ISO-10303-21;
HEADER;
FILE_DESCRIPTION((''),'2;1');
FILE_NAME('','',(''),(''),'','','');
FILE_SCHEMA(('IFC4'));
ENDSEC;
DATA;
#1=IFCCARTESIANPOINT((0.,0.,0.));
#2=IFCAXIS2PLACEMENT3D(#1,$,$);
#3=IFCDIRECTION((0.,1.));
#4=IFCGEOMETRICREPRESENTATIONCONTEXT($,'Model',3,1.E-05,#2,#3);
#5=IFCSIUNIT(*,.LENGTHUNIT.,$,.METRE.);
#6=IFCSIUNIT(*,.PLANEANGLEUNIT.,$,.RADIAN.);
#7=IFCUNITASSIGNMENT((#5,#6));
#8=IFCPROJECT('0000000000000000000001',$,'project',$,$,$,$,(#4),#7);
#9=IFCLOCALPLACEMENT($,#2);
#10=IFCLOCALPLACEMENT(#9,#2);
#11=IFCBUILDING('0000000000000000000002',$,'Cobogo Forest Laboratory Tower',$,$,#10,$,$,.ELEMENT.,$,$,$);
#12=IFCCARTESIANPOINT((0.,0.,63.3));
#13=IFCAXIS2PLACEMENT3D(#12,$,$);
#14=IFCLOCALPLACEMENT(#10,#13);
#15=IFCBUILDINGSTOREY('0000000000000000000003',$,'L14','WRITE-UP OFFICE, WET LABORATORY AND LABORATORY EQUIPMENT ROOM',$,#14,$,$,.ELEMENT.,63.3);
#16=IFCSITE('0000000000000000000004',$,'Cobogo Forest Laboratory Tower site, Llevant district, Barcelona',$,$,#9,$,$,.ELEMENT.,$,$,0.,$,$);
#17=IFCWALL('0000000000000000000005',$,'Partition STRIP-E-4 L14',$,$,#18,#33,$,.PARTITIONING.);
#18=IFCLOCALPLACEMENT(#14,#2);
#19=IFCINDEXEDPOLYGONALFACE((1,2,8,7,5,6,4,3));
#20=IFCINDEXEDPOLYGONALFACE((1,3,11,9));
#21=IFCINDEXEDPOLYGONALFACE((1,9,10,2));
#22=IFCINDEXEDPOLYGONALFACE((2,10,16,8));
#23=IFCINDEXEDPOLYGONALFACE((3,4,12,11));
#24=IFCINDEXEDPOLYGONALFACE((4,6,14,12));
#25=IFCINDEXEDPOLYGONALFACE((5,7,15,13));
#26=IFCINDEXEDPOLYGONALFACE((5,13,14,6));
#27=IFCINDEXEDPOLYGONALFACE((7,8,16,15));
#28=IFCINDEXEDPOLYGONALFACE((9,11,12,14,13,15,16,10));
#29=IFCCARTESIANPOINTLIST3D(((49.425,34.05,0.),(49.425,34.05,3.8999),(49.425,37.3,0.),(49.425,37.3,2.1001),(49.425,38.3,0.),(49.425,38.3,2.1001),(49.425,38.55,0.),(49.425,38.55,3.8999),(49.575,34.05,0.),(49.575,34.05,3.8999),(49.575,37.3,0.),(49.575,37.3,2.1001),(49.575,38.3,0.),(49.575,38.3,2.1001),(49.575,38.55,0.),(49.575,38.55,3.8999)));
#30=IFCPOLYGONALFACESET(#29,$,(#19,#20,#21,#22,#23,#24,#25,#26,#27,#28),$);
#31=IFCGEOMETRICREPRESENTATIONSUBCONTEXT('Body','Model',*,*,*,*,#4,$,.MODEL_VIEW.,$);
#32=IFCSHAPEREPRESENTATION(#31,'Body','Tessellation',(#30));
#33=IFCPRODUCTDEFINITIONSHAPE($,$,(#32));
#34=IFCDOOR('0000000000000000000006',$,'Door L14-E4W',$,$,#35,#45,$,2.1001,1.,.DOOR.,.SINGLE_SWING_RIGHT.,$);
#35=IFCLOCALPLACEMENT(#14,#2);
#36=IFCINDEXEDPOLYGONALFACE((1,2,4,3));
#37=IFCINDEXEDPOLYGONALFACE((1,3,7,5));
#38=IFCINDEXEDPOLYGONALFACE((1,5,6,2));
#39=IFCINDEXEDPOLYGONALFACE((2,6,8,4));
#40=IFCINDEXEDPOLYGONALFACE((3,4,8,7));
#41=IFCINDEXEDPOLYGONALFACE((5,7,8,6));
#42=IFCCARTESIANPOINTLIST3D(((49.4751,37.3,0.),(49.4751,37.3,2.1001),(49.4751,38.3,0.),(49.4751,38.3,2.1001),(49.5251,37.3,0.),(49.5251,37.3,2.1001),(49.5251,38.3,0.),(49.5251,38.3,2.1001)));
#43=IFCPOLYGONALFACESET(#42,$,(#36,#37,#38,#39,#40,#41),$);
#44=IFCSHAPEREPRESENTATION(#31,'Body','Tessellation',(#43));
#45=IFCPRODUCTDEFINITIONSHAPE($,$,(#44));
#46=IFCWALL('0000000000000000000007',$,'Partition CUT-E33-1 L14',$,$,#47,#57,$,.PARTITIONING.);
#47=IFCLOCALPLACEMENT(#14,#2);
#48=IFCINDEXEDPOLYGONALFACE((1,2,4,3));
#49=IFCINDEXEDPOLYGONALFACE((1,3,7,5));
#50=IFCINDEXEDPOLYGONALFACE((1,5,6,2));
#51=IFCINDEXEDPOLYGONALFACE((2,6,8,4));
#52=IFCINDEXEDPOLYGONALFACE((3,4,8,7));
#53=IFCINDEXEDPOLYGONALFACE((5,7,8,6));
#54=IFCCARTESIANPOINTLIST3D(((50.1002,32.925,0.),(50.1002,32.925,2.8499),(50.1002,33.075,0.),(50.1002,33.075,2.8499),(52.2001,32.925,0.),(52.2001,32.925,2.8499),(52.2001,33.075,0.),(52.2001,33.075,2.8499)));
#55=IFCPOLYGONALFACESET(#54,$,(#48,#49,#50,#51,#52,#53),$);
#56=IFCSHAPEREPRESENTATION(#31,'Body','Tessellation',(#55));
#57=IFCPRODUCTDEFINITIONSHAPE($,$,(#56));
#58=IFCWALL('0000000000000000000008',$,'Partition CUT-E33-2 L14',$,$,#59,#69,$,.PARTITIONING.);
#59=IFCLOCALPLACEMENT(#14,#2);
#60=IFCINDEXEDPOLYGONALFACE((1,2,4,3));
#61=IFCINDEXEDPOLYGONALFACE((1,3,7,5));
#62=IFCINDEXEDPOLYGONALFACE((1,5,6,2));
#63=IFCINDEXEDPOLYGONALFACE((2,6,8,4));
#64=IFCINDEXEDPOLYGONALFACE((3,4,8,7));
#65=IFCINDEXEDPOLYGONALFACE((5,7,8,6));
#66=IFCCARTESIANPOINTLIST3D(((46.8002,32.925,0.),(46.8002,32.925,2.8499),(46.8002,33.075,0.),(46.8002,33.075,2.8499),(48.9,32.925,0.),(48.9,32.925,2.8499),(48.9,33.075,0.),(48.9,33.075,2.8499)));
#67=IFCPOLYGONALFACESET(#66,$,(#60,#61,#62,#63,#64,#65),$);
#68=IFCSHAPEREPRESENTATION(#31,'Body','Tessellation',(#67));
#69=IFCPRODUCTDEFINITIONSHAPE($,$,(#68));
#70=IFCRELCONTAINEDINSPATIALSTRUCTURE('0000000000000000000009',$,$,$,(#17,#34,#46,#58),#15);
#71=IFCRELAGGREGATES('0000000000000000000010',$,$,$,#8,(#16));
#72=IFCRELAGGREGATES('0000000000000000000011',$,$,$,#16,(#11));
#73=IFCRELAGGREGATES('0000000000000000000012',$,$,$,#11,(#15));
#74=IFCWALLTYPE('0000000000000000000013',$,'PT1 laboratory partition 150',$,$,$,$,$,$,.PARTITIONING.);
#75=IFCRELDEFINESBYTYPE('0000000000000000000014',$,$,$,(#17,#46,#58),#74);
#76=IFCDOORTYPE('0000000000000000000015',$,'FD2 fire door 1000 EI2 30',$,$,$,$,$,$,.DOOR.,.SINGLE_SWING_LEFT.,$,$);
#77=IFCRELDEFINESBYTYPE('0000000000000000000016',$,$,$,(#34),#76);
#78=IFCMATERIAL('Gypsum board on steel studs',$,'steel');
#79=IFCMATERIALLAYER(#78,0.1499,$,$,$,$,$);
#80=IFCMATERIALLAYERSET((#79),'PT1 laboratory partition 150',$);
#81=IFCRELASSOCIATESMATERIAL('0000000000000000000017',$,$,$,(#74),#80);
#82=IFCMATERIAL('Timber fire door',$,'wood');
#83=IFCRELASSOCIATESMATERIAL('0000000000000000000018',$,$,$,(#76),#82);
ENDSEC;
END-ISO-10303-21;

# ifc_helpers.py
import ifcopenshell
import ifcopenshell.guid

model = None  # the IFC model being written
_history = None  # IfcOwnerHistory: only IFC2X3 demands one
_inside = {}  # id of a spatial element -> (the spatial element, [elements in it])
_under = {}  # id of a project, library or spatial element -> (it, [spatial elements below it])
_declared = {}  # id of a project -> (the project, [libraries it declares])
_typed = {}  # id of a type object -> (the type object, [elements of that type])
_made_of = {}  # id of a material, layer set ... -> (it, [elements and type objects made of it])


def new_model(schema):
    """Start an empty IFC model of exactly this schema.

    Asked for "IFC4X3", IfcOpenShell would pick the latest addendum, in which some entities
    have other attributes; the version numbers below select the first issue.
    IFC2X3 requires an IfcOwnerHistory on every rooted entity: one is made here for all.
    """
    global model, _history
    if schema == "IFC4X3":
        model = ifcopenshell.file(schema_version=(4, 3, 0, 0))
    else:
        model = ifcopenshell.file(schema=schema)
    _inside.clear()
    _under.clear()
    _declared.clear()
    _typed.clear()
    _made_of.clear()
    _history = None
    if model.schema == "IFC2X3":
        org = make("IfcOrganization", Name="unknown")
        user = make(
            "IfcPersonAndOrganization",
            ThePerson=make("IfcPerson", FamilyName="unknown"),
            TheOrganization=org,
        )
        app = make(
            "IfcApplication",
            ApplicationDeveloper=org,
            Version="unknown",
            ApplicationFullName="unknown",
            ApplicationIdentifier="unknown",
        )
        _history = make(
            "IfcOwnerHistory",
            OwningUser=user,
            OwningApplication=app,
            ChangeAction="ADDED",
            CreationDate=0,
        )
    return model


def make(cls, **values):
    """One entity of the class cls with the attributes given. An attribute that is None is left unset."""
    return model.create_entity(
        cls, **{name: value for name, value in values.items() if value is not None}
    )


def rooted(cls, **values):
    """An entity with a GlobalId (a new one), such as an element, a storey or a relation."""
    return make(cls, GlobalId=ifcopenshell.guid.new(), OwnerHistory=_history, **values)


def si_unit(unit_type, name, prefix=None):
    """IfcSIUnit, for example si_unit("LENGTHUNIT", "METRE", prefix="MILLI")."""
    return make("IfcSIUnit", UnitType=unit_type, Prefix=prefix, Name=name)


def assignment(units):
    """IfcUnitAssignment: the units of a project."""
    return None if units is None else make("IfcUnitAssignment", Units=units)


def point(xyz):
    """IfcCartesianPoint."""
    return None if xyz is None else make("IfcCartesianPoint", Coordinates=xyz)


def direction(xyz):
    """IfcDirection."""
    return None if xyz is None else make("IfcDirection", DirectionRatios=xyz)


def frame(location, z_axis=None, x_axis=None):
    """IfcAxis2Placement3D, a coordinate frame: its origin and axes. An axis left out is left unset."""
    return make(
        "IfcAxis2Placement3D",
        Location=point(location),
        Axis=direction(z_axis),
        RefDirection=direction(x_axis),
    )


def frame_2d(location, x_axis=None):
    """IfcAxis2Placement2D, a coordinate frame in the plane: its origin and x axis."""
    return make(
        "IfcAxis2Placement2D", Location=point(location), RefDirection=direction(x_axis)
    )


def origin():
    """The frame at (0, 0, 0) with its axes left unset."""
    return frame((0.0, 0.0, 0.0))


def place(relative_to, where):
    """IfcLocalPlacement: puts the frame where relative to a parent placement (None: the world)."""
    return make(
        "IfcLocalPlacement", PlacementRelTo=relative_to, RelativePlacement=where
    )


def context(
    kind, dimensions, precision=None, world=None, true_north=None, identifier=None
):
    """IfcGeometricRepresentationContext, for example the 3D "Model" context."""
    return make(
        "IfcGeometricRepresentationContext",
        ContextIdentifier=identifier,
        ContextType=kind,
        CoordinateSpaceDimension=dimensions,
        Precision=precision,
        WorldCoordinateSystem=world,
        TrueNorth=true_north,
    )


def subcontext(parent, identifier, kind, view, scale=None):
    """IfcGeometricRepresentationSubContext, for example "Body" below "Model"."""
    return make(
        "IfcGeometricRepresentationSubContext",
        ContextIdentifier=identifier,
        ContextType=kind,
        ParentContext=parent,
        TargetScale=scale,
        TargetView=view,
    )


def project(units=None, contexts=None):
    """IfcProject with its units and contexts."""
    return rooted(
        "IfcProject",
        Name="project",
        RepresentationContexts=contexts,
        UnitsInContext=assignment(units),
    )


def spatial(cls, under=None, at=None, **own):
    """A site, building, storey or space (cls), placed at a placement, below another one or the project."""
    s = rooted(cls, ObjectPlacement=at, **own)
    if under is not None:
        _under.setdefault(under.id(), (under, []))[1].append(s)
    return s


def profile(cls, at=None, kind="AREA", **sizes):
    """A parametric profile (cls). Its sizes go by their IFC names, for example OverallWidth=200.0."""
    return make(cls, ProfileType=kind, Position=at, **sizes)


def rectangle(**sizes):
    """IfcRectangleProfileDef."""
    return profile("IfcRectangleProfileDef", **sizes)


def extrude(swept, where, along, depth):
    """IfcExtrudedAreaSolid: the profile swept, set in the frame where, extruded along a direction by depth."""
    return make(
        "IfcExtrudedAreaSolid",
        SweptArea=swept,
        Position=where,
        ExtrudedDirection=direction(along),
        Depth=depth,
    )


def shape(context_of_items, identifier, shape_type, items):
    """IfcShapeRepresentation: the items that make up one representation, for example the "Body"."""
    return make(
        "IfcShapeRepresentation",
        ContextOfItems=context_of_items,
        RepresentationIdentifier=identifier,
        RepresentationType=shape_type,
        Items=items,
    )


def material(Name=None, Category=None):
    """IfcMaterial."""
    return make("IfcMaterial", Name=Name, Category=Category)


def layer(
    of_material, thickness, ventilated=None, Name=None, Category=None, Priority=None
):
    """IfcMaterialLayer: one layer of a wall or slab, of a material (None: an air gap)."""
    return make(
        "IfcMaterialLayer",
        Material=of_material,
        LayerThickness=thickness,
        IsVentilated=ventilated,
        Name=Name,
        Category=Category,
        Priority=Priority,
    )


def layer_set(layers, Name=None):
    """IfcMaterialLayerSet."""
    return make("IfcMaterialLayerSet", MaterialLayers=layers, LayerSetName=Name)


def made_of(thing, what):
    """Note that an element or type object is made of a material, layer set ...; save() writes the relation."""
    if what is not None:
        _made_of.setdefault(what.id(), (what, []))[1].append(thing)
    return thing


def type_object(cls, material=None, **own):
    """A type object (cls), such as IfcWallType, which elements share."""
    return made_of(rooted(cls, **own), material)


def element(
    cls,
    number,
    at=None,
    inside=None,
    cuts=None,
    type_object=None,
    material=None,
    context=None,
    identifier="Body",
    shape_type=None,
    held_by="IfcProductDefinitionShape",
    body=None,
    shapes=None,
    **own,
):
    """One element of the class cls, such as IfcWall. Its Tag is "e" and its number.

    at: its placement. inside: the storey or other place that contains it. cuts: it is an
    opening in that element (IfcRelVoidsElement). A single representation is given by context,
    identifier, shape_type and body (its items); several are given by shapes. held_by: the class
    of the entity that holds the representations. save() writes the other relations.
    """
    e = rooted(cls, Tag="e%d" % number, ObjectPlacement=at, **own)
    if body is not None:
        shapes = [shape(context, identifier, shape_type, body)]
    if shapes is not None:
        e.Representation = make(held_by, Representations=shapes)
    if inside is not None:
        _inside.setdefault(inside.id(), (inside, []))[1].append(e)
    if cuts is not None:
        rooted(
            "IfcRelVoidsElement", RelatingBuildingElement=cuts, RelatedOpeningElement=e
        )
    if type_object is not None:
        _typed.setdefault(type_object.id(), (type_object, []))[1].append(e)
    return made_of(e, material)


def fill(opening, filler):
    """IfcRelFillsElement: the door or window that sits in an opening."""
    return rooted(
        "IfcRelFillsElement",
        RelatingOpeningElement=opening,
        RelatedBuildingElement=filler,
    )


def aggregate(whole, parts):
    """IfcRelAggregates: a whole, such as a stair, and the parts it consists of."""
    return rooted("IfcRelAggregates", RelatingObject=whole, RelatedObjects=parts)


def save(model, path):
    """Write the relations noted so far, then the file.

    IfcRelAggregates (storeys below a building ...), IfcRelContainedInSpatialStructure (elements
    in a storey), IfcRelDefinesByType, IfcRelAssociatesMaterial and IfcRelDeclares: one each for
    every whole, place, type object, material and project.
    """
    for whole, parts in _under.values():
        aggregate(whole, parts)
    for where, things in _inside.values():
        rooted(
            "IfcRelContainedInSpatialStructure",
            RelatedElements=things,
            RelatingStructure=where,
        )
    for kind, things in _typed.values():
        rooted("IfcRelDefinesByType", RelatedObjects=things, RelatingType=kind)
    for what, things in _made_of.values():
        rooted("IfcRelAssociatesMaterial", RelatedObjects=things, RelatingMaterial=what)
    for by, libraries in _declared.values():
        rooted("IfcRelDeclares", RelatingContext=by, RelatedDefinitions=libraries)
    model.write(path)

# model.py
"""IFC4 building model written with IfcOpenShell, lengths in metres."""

from ifc_helpers import new_model, si_unit, direction, frame, frame_2d, origin, place, context, subcontext, project, spatial, rectangle, extrude, material, layer, layer_set, type_object, element, fill, save


model = new_model("IFC4")

# Units and contexts
model_context = context("Model", 3, precision=1e-05, world=origin(), true_north=direction((0.0, 1.0)))
body_context = subcontext(model_context, "Body", "Model", "MODEL_VIEW")
ifc_project = project(units=[si_unit("LENGTHUNIT", "METRE"), si_unit("PLANEANGLEUNIT", "RADIAN")], contexts=[model_context])

# Site, building, storey
site_placement = place(None, origin())
site = spatial("IfcSite", under=ifc_project, at=site_placement, Name="Cobogo Forest Laboratory Tower site, Llevant district, Barcelona", CompositionType="ELEMENT", RefElevation=0.0)
building_placement = place(site_placement, origin())
building = spatial("IfcBuilding", under=site, at=building_placement, Name="Cobogo Forest Laboratory Tower", CompositionType="ELEMENT")
storey_placement = place(building_placement, frame((0.0, 0.0, 63.3)))
storey = spatial("IfcBuildingStorey", under=building, at=storey_placement, Name="L14", Description="WRITE-UP OFFICE, WET LABORATORY AND LABORATORY EQUIPMENT ROOM", CompositionType="ELEMENT", Elevation=63.3)

# Wall, opening, door
ifc_material_1 = material(Name="Gypsum board on steel studs", Category="steel")
ifc_layer_1 = layer(ifc_material_1, 0.1499)
ifc_layer_set_1 = layer_set([ifc_layer_1], Name="PT1 laboratory partition 150")
wall_type = type_object("IfcWallType", Name="PT1 laboratory partition 150", PredefinedType="PARTITIONING", material=ifc_layer_set_1)
wall_placement = place(storey_placement, frame((49.5, 34.05, 0.0), z_axis=(0.0, 0.0, 1.0), x_axis=(0.0, 1.0, 0.0)))
wall = element("IfcWall", 1, at=wall_placement, inside=storey, type_object=wall_type, Name="Partition STRIP-E-4 L14", PredefinedType="PARTITIONING", context=body_context, shape_type="SweptSolid", body=[
    extrude(rectangle(XDim=4.5, YDim=0.1499, at=frame_2d((2.25, 0.0))), origin(), (0.0, 0.0, 1.0), 3.8999),
])
opening_placement = place(wall_placement, frame((3.25, 0.0, 0.0)))
opening = element("IfcOpeningElement", 2, at=opening_placement, cuts=wall, PredefinedType="OPENING", context=body_context, shape_type="SweptSolid", body=[
    extrude(rectangle(XDim=1.0, YDim=2.1001, at=frame_2d((0.5, 1.05))), frame((0.0, 0.085, 0.0), z_axis=(0.0, -1.0, 0.0), x_axis=(1.0, 0.0, 0.0)), (0.0, 0.0, 1.0), 0.1699),
])
ifc_material_2 = material(Name="Timber fire door", Category="wood")
door_type = type_object("IfcDoorType", Name="FD2 fire door 1000 EI2 30", OperationType="SINGLE_SWING_LEFT", PredefinedType="DOOR", material=ifc_material_2)
door_placement = place(opening_placement, origin())
door = element("IfcDoor", 3, at=door_placement, inside=storey, type_object=door_type, Name="Door L14-E4W", OperationType="SINGLE_SWING_RIGHT", OverallHeight=2.1001, OverallWidth=1.0, PredefinedType="DOOR", context=body_context, shape_type="SweptSolid", body=[
    extrude(rectangle(XDim=1.0, YDim=2.1001, at=frame_2d((0.5, 1.05))), frame((0.0, 0.0249, 0.0), z_axis=(0.0, -1.0, 0.0), x_axis=(1.0, 0.0, 0.0)), (0.0, 0.0, 1.0), 0.05),
])
fill(opening, door)

# Walls
for number, where, z_axis, x_axis, name in (
    (4, (52.2, 33.0, 0.0), (0.0, 0.0, 1.0), (-1.0, 0.0, 0.0), "Partition CUT-E33-1 L14"),
    (5, (48.8999, 33.0, 0.0), (0.0, 0.0, 1.0), (-1.0, 0.0, 0.0), "Partition CUT-E33-2 L14"),
):
    element("IfcWall", number, at=place(storey_placement, frame(where, z_axis=z_axis, x_axis=x_axis)), inside=storey, type_object=wall_type, Name=name, PredefinedType="PARTITIONING", context=body_context, shape_type="SweptSolid", body=[
        extrude(rectangle(XDim=2.0999, YDim=0.1499, at=frame_2d((1.0498, 0.0))), origin(), (0.0, 0.0, 1.0), 2.8499),
    ])

save(model, "model.ifc")
